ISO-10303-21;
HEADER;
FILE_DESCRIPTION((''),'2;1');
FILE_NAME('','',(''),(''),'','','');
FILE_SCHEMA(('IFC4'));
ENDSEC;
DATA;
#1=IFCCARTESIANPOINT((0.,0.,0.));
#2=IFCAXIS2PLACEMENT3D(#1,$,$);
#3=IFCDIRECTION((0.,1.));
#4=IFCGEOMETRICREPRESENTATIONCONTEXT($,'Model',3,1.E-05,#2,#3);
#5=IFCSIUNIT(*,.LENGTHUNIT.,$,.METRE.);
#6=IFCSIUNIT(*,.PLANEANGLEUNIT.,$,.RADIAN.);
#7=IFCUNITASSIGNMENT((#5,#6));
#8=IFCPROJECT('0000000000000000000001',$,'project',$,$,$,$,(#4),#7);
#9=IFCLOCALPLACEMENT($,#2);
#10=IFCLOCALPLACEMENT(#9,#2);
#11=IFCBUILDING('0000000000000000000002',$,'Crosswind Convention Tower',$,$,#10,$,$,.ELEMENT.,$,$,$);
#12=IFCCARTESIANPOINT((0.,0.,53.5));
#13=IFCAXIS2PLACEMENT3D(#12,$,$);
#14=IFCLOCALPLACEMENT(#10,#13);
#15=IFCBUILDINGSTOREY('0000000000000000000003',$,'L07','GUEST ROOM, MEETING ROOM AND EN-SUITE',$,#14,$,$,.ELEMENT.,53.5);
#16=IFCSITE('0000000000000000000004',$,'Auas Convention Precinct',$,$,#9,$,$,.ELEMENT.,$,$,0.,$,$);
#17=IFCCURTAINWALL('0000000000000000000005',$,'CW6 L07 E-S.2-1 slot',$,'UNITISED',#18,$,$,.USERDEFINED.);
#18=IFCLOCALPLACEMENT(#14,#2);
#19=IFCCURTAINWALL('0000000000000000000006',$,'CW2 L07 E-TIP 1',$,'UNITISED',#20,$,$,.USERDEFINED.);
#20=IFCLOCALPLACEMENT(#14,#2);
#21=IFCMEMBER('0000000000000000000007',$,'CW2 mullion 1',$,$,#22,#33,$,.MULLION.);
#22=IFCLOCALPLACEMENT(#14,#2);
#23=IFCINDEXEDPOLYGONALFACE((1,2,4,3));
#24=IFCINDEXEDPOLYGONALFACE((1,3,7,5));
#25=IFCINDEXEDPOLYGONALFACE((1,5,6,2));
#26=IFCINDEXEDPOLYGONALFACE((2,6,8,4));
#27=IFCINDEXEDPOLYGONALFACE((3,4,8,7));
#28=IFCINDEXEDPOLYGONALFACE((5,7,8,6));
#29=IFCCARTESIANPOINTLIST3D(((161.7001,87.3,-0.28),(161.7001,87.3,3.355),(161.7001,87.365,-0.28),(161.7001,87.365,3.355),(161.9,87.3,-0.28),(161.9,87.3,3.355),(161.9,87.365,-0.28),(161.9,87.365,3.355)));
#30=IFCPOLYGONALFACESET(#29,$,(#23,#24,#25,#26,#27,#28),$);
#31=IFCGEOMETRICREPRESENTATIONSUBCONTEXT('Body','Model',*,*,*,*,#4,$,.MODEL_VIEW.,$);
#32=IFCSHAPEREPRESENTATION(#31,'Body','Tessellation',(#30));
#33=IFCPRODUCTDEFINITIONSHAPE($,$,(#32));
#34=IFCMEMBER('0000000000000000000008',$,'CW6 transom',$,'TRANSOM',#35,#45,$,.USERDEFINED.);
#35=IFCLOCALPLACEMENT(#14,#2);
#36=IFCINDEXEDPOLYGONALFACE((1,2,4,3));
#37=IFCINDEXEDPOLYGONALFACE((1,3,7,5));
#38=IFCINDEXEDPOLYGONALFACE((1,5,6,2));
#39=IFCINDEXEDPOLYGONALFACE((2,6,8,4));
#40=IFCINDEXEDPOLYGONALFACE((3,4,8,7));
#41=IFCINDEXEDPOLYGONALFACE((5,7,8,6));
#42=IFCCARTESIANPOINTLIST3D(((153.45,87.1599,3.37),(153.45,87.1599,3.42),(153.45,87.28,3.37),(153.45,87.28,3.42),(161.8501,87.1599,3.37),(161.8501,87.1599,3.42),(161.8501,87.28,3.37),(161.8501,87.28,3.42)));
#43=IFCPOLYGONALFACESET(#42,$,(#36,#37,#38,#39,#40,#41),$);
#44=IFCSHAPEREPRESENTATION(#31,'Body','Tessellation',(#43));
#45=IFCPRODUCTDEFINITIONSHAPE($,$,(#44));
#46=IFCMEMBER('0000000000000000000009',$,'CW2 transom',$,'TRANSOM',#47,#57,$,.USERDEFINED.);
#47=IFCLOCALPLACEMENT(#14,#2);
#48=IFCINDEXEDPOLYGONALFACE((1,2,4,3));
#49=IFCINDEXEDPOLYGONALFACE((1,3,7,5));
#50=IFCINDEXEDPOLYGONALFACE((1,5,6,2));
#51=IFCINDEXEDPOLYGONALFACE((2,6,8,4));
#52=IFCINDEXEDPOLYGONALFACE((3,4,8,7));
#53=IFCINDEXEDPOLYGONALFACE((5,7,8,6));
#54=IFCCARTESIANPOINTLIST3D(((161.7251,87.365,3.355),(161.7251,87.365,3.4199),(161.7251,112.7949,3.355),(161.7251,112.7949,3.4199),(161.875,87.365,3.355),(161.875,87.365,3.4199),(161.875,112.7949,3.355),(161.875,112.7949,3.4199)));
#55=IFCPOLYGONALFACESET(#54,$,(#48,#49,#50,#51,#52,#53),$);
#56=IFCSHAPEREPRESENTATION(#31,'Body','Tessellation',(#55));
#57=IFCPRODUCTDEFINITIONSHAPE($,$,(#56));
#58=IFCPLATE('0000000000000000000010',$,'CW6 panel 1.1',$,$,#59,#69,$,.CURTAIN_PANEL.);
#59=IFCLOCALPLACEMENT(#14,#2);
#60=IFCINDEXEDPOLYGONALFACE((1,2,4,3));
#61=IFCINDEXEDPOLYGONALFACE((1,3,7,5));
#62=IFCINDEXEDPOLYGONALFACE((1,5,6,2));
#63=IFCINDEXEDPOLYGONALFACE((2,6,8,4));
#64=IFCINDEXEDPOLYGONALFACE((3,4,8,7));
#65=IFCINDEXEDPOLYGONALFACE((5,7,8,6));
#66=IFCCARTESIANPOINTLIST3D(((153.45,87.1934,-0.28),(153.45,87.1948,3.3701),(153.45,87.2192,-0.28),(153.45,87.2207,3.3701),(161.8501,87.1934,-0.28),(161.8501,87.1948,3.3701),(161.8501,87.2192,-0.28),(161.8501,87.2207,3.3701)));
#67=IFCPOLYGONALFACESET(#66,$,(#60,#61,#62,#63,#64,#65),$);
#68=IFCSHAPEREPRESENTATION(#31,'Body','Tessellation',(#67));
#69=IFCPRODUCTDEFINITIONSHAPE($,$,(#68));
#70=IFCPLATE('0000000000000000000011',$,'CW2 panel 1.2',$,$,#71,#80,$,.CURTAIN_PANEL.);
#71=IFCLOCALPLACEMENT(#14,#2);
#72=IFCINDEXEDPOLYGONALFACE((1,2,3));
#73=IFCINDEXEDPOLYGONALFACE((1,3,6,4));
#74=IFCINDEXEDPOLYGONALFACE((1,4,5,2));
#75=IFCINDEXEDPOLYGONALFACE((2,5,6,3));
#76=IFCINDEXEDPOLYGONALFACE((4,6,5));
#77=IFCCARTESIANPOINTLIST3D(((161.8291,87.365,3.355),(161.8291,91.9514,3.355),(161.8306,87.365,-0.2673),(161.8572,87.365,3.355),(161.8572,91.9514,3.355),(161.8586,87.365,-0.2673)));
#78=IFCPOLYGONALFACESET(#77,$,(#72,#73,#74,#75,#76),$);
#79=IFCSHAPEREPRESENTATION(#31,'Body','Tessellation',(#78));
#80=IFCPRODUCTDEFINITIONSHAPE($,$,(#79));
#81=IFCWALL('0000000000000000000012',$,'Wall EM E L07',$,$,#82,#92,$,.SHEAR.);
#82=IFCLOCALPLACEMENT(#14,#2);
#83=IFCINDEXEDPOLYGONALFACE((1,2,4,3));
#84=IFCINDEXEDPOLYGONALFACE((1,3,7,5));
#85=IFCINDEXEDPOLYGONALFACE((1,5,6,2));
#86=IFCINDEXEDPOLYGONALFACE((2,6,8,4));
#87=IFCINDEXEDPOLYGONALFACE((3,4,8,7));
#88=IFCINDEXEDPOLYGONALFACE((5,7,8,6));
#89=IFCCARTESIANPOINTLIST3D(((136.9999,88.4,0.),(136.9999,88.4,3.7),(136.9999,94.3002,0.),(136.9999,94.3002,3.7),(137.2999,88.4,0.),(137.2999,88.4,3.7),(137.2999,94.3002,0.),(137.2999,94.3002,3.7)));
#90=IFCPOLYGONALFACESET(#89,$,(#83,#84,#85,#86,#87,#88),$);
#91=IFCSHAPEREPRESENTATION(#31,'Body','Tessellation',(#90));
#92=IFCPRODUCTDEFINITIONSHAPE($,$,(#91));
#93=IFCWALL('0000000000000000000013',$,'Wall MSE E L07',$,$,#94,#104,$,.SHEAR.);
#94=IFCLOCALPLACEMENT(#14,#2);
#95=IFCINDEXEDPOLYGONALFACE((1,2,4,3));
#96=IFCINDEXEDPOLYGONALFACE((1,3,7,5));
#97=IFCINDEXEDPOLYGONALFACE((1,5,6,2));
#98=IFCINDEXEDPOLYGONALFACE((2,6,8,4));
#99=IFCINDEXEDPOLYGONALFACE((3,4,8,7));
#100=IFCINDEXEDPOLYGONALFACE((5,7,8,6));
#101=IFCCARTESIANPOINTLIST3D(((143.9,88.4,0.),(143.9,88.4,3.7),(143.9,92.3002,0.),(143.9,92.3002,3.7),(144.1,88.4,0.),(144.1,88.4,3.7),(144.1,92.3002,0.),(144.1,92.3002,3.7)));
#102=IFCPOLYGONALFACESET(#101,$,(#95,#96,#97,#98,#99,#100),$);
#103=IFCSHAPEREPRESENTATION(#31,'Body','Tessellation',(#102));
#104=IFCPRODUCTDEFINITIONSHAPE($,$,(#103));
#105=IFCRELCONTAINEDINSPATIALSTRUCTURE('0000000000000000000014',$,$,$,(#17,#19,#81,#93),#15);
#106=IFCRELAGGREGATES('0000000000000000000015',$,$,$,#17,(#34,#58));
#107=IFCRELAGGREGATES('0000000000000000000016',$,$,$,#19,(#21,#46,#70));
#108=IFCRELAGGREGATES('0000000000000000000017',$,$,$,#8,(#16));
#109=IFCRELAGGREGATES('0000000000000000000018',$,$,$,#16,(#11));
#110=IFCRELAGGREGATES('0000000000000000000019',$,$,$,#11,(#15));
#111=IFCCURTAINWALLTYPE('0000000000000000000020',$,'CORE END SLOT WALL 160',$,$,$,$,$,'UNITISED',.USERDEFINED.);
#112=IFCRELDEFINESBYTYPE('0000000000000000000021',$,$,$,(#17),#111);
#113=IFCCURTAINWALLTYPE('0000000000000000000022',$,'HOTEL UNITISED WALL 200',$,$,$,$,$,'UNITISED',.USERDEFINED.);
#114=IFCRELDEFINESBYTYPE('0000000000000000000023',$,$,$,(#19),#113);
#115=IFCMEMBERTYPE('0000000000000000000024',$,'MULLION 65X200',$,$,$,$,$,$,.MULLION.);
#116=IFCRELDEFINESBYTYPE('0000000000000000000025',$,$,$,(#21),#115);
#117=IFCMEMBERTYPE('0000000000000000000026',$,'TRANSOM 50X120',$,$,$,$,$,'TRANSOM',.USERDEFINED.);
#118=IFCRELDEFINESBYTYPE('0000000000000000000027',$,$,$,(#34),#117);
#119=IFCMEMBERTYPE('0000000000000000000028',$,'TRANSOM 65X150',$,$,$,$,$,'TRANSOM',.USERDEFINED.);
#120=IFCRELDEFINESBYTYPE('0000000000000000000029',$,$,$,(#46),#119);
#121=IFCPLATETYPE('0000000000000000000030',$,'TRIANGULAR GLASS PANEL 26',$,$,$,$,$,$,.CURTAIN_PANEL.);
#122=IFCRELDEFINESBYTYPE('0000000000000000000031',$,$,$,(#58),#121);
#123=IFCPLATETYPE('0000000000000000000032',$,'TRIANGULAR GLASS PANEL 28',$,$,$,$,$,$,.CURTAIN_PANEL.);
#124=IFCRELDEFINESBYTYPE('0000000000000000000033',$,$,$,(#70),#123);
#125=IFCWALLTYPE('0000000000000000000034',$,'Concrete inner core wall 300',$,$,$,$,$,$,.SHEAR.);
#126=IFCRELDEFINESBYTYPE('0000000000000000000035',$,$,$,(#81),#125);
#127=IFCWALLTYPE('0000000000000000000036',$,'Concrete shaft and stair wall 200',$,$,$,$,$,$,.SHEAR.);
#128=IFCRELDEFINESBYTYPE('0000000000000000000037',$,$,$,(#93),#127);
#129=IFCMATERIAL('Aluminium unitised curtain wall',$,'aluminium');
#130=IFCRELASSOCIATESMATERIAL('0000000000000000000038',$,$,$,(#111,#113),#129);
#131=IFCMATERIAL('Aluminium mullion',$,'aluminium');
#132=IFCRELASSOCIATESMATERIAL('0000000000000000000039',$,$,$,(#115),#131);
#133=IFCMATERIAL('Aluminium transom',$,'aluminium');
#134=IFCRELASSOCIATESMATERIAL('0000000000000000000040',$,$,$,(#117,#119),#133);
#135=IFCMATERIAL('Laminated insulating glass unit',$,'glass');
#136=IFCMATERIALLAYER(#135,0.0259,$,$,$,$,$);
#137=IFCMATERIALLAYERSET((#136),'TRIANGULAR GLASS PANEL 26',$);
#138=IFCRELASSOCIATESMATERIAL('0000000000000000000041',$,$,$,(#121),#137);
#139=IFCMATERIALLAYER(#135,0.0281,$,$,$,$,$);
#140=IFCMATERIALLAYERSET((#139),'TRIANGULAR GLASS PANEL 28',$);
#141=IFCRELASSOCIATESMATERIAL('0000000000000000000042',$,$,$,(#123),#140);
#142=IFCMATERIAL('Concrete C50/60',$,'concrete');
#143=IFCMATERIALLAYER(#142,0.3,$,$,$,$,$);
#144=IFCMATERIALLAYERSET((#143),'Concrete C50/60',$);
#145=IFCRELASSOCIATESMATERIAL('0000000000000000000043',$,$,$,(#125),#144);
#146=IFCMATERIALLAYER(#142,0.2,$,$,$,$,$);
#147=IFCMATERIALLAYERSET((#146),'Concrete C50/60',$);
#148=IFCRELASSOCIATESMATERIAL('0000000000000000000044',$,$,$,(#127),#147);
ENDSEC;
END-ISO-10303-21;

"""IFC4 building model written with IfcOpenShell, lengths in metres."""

from ifc_helpers import new_model, si_unit, direction, frame, frame_2d, origin, origin_2d, place, context, subcontext, project, spatial, polyline, rectangle, outline, extrude, material, layer, layer_set, material_profile, profile_set, type_object, element, aggregate, save


model = new_model("IFC4")

# Units and contexts
model_context = context("Model", 3, precision=1e-05, world=origin(), true_north=direction((0.0, 1.0)))
body_context = subcontext(model_context, "Body", "Model", "MODEL_VIEW")
ifc_project = project(units=[si_unit("LENGTHUNIT", "METRE"), si_unit("PLANEANGLEUNIT", "RADIAN")], contexts=[model_context])

# Site, building, storey
site_placement = place(None, origin())
site = spatial("IfcSite", under=ifc_project, at=site_placement, Name="Auas Convention Precinct", CompositionType="ELEMENT", RefElevation=0.0)
building_placement = place(site_placement, origin())
building = spatial("IfcBuilding", under=site, at=building_placement, Name="Crosswind Convention Tower", CompositionType="ELEMENT")
storey_placement = place(building_placement, frame((0.0, 0.0, 53.5)))
storey = spatial("IfcBuildingStorey", under=building, at=storey_placement, Name="L07", Description="GUEST ROOM, MEETING ROOM AND EN-SUITE", CompositionType="ELEMENT", Elevation=53.5)

# Curtain wall
ifc_material_1 = material(Name="Aluminium unitised curtain wall", Category="aluminium")
curtain_wall_type_1 = type_object("IfcCurtainWallType", Name="CORE END SLOT WALL 160", ElementType="UNITISED", PredefinedType="USERDEFINED", material=ifc_material_1)
curtain_wall_1_placement = place(storey_placement, origin())
curtain_wall_1 = element("IfcCurtainWall", 1, at=curtain_wall_1_placement, inside=storey, type_object=curtain_wall_type_1, Name="CW6 L07 E-S.2-1 slot", ObjectType="UNITISED", PredefinedType="USERDEFINED")
ifc_material_2 = material(Name="Aluminium mullion", Category="aluminium")

# Curtain wall, member
curtain_wall_type_2 = type_object("IfcCurtainWallType", Name="HOTEL UNITISED WALL 200", ElementType="UNITISED", PredefinedType="USERDEFINED", material=ifc_material_1)
curtain_wall_2_placement = place(storey_placement, origin())
curtain_wall_2 = element("IfcCurtainWall", 2, at=curtain_wall_2_placement, inside=storey, type_object=curtain_wall_type_2, Name="CW2 L07 E-TIP 1", ObjectType="UNITISED", PredefinedType="USERDEFINED")
ifc_material_profile_1 = material_profile(ifc_material_2, rectangle(XDim=0.2, YDim=0.0649, at=origin_2d()), Name="AL 200X65")
ifc_profile_set_1 = profile_set([ifc_material_profile_1], Name="Aluminium mullion")
member_type_1 = type_object("IfcMemberType", Name="MULLION 65X200", PredefinedType="MULLION", material=ifc_profile_set_1)
member_1_placement = place(storey_placement, frame((161.8, 87.3325, -0.28), z_axis=(0.0, 0.0, 1.0), x_axis=(1.0, 0.0, 0.0)))
member_1 = element("IfcMember", 3, at=member_1_placement, type_object=member_type_1, Name="CW2 mullion 1", PredefinedType="MULLION", context=body_context, shape_type="SweptSolid", body=[
    extrude(rectangle(XDim=0.2, YDim=0.0649, at=origin_2d()), origin(), (0.0, 0.0, 1.0), 3.635),
])

# Members
ifc_material_3 = material(Name="Aluminium transom", Category="aluminium")
ifc_material_profile_2 = material_profile(ifc_material_3, rectangle(XDim=0.1201, YDim=0.05, at=origin_2d()), Name="AL 120X50")
ifc_profile_set_2 = profile_set([ifc_material_profile_2], Name="Aluminium transom")
member_type_2 = type_object("IfcMemberType", Name="TRANSOM 50X120", ElementType="TRANSOM", PredefinedType="USERDEFINED", material=ifc_profile_set_2)
member_2_placement = place(storey_placement, frame((153.45, 87.22, 3.395), z_axis=(1.0, 0.0, 0.0), x_axis=(0.0, 1.0, 0.0)))
member_2 = element("IfcMember", 4, at=member_2_placement, type_object=member_type_2, Name="CW6 transom", ObjectType="TRANSOM", PredefinedType="USERDEFINED", context=body_context, shape_type="SweptSolid", body=[
    extrude(rectangle(XDim=0.1201, YDim=0.05, at=origin_2d()), origin(), (0.0, 0.0, 1.0), 8.4001),
])
ifc_material_profile_3 = material_profile(ifc_material_3, rectangle(XDim=0.1499, YDim=0.0649, at=origin_2d()), Name="AL 150X65")
ifc_profile_set_3 = profile_set([ifc_material_profile_3], Name="Aluminium transom")
member_type_3 = type_object("IfcMemberType", Name="TRANSOM 65X150", ElementType="TRANSOM", PredefinedType="USERDEFINED", material=ifc_profile_set_3)
member_3_placement = place(storey_placement, frame((161.8, 87.365, 3.3875), z_axis=(0.0, 1.0, 0.0), x_axis=(-1.0, 0.0, 0.0)))
member_3 = element("IfcMember", 5, at=member_3_placement, type_object=member_type_3, Name="CW2 transom", ObjectType="TRANSOM", PredefinedType="USERDEFINED", context=body_context, shape_type="SweptSolid", body=[
    extrude(rectangle(XDim=0.1499, YDim=0.0649, at=origin_2d()), origin(), (0.0, 0.0, 1.0), 25.4299),
])

# Plates
ifc_material_4 = material(Name="Laminated insulating glass unit", Category="glass")
ifc_layer_1 = layer(ifc_material_4, 0.0259)
ifc_layer_set_1 = layer_set([ifc_layer_1], Name="TRIANGULAR GLASS PANEL 26")
plate_type_1 = type_object("IfcPlateType", Name="TRIANGULAR GLASS PANEL 26", PredefinedType="CURTAIN_PANEL", material=ifc_layer_set_1)
plate_1_placement = place(storey_placement, frame((153.45, 87.1934, -0.28), z_axis=(0.0, -1.0, 0.000401), x_axis=(1.0, 0.0, 0.0)))
plate_1 = element("IfcPlate", 6, at=plate_1_placement, type_object=plate_type_1, Name="CW6 panel 1.1", PredefinedType="CURTAIN_PANEL", context=body_context, shape_type="SweptSolid", body=[
    extrude(outline(polyline([(0.0, 0.0), (8.4001, 0.0), (8.4001, 3.6501), (0.0, 3.6501), (0.0, 0.0)])), origin(), (0.0, 0.0, -1.0), 0.0259),
])
aggregate(curtain_wall_1, [member_2, plate_1])
ifc_layer_2 = layer(ifc_material_4, 0.0281)
ifc_layer_set_2 = layer_set([ifc_layer_2], Name="TRIANGULAR GLASS PANEL 28")
plate_type_2 = type_object("IfcPlateType", Name="TRIANGULAR GLASS PANEL 28", PredefinedType="CURTAIN_PANEL", material=ifc_layer_set_2)
plate_2_placement = place(storey_placement, frame((161.8572, 87.365, 3.355), z_axis=(1.0, 0.0, 0.000404), x_axis=(0.000404, 0.0, -1.0)))
plate_2 = element("IfcPlate", 7, at=plate_2_placement, type_object=plate_type_2, Name="CW2 panel 1.2", PredefinedType="CURTAIN_PANEL", context=body_context, shape_type="SweptSolid", body=[
    extrude(outline(polyline([(0.0, 0.0), (3.6223, 0.0), (0.0, 4.5864), (0.0, 0.0)])), origin(), (0.0, 0.0, -1.0), 0.0281),
])

# Walls
ifc_material_5 = material(Name="Concrete C50/60", Category="concrete")
ifc_layer_3 = layer(ifc_material_5, 0.3)
ifc_layer_set_3 = layer_set([ifc_layer_3], Name="Concrete C50/60")
wall_type_1 = type_object("IfcWallType", Name="Concrete inner core wall 300", PredefinedType="SHEAR", material=ifc_layer_set_3)
wall_1_placement = place(storey_placement, frame((137.1499, 88.3999, 0.0), z_axis=(0.0, 0.0, 1.0), x_axis=(0.0, 1.0, 0.0)))
element("IfcWall", 8, at=wall_1_placement, inside=storey, type_object=wall_type_1, Name="Wall EM E L07", PredefinedType="SHEAR", context=body_context, shape_type="SweptSolid", body=[
    extrude(rectangle(XDim=5.9001, YDim=0.3, at=frame_2d((2.9502, 0.0))), origin(), (0.0, 0.0, 1.0), 3.7),
])
ifc_layer_4 = layer(ifc_material_5, 0.2)
ifc_layer_set_4 = layer_set([ifc_layer_4], Name="Concrete C50/60")
wall_type_2 = type_object("IfcWallType", Name="Concrete shaft and stair wall 200", PredefinedType="SHEAR", material=ifc_layer_set_4)
wall_2_placement = place(storey_placement, frame((144.0, 88.3999, 0.0), z_axis=(0.0, 0.0, 1.0), x_axis=(0.0, 1.0, 0.0)))
element("IfcWall", 9, at=wall_2_placement, inside=storey, type_object=wall_type_2, Name="Wall MSE E L07", PredefinedType="SHEAR", context=body_context, shape_type="SweptSolid", body=[
    extrude(rectangle(XDim=3.9001, YDim=0.2, at=frame_2d((1.9502, 0.0))), origin(), (0.0, 0.0, 1.0), 3.7),
])

aggregate(curtain_wall_2, [member_1, member_3, plate_2])

save(model, "model.ifc")
